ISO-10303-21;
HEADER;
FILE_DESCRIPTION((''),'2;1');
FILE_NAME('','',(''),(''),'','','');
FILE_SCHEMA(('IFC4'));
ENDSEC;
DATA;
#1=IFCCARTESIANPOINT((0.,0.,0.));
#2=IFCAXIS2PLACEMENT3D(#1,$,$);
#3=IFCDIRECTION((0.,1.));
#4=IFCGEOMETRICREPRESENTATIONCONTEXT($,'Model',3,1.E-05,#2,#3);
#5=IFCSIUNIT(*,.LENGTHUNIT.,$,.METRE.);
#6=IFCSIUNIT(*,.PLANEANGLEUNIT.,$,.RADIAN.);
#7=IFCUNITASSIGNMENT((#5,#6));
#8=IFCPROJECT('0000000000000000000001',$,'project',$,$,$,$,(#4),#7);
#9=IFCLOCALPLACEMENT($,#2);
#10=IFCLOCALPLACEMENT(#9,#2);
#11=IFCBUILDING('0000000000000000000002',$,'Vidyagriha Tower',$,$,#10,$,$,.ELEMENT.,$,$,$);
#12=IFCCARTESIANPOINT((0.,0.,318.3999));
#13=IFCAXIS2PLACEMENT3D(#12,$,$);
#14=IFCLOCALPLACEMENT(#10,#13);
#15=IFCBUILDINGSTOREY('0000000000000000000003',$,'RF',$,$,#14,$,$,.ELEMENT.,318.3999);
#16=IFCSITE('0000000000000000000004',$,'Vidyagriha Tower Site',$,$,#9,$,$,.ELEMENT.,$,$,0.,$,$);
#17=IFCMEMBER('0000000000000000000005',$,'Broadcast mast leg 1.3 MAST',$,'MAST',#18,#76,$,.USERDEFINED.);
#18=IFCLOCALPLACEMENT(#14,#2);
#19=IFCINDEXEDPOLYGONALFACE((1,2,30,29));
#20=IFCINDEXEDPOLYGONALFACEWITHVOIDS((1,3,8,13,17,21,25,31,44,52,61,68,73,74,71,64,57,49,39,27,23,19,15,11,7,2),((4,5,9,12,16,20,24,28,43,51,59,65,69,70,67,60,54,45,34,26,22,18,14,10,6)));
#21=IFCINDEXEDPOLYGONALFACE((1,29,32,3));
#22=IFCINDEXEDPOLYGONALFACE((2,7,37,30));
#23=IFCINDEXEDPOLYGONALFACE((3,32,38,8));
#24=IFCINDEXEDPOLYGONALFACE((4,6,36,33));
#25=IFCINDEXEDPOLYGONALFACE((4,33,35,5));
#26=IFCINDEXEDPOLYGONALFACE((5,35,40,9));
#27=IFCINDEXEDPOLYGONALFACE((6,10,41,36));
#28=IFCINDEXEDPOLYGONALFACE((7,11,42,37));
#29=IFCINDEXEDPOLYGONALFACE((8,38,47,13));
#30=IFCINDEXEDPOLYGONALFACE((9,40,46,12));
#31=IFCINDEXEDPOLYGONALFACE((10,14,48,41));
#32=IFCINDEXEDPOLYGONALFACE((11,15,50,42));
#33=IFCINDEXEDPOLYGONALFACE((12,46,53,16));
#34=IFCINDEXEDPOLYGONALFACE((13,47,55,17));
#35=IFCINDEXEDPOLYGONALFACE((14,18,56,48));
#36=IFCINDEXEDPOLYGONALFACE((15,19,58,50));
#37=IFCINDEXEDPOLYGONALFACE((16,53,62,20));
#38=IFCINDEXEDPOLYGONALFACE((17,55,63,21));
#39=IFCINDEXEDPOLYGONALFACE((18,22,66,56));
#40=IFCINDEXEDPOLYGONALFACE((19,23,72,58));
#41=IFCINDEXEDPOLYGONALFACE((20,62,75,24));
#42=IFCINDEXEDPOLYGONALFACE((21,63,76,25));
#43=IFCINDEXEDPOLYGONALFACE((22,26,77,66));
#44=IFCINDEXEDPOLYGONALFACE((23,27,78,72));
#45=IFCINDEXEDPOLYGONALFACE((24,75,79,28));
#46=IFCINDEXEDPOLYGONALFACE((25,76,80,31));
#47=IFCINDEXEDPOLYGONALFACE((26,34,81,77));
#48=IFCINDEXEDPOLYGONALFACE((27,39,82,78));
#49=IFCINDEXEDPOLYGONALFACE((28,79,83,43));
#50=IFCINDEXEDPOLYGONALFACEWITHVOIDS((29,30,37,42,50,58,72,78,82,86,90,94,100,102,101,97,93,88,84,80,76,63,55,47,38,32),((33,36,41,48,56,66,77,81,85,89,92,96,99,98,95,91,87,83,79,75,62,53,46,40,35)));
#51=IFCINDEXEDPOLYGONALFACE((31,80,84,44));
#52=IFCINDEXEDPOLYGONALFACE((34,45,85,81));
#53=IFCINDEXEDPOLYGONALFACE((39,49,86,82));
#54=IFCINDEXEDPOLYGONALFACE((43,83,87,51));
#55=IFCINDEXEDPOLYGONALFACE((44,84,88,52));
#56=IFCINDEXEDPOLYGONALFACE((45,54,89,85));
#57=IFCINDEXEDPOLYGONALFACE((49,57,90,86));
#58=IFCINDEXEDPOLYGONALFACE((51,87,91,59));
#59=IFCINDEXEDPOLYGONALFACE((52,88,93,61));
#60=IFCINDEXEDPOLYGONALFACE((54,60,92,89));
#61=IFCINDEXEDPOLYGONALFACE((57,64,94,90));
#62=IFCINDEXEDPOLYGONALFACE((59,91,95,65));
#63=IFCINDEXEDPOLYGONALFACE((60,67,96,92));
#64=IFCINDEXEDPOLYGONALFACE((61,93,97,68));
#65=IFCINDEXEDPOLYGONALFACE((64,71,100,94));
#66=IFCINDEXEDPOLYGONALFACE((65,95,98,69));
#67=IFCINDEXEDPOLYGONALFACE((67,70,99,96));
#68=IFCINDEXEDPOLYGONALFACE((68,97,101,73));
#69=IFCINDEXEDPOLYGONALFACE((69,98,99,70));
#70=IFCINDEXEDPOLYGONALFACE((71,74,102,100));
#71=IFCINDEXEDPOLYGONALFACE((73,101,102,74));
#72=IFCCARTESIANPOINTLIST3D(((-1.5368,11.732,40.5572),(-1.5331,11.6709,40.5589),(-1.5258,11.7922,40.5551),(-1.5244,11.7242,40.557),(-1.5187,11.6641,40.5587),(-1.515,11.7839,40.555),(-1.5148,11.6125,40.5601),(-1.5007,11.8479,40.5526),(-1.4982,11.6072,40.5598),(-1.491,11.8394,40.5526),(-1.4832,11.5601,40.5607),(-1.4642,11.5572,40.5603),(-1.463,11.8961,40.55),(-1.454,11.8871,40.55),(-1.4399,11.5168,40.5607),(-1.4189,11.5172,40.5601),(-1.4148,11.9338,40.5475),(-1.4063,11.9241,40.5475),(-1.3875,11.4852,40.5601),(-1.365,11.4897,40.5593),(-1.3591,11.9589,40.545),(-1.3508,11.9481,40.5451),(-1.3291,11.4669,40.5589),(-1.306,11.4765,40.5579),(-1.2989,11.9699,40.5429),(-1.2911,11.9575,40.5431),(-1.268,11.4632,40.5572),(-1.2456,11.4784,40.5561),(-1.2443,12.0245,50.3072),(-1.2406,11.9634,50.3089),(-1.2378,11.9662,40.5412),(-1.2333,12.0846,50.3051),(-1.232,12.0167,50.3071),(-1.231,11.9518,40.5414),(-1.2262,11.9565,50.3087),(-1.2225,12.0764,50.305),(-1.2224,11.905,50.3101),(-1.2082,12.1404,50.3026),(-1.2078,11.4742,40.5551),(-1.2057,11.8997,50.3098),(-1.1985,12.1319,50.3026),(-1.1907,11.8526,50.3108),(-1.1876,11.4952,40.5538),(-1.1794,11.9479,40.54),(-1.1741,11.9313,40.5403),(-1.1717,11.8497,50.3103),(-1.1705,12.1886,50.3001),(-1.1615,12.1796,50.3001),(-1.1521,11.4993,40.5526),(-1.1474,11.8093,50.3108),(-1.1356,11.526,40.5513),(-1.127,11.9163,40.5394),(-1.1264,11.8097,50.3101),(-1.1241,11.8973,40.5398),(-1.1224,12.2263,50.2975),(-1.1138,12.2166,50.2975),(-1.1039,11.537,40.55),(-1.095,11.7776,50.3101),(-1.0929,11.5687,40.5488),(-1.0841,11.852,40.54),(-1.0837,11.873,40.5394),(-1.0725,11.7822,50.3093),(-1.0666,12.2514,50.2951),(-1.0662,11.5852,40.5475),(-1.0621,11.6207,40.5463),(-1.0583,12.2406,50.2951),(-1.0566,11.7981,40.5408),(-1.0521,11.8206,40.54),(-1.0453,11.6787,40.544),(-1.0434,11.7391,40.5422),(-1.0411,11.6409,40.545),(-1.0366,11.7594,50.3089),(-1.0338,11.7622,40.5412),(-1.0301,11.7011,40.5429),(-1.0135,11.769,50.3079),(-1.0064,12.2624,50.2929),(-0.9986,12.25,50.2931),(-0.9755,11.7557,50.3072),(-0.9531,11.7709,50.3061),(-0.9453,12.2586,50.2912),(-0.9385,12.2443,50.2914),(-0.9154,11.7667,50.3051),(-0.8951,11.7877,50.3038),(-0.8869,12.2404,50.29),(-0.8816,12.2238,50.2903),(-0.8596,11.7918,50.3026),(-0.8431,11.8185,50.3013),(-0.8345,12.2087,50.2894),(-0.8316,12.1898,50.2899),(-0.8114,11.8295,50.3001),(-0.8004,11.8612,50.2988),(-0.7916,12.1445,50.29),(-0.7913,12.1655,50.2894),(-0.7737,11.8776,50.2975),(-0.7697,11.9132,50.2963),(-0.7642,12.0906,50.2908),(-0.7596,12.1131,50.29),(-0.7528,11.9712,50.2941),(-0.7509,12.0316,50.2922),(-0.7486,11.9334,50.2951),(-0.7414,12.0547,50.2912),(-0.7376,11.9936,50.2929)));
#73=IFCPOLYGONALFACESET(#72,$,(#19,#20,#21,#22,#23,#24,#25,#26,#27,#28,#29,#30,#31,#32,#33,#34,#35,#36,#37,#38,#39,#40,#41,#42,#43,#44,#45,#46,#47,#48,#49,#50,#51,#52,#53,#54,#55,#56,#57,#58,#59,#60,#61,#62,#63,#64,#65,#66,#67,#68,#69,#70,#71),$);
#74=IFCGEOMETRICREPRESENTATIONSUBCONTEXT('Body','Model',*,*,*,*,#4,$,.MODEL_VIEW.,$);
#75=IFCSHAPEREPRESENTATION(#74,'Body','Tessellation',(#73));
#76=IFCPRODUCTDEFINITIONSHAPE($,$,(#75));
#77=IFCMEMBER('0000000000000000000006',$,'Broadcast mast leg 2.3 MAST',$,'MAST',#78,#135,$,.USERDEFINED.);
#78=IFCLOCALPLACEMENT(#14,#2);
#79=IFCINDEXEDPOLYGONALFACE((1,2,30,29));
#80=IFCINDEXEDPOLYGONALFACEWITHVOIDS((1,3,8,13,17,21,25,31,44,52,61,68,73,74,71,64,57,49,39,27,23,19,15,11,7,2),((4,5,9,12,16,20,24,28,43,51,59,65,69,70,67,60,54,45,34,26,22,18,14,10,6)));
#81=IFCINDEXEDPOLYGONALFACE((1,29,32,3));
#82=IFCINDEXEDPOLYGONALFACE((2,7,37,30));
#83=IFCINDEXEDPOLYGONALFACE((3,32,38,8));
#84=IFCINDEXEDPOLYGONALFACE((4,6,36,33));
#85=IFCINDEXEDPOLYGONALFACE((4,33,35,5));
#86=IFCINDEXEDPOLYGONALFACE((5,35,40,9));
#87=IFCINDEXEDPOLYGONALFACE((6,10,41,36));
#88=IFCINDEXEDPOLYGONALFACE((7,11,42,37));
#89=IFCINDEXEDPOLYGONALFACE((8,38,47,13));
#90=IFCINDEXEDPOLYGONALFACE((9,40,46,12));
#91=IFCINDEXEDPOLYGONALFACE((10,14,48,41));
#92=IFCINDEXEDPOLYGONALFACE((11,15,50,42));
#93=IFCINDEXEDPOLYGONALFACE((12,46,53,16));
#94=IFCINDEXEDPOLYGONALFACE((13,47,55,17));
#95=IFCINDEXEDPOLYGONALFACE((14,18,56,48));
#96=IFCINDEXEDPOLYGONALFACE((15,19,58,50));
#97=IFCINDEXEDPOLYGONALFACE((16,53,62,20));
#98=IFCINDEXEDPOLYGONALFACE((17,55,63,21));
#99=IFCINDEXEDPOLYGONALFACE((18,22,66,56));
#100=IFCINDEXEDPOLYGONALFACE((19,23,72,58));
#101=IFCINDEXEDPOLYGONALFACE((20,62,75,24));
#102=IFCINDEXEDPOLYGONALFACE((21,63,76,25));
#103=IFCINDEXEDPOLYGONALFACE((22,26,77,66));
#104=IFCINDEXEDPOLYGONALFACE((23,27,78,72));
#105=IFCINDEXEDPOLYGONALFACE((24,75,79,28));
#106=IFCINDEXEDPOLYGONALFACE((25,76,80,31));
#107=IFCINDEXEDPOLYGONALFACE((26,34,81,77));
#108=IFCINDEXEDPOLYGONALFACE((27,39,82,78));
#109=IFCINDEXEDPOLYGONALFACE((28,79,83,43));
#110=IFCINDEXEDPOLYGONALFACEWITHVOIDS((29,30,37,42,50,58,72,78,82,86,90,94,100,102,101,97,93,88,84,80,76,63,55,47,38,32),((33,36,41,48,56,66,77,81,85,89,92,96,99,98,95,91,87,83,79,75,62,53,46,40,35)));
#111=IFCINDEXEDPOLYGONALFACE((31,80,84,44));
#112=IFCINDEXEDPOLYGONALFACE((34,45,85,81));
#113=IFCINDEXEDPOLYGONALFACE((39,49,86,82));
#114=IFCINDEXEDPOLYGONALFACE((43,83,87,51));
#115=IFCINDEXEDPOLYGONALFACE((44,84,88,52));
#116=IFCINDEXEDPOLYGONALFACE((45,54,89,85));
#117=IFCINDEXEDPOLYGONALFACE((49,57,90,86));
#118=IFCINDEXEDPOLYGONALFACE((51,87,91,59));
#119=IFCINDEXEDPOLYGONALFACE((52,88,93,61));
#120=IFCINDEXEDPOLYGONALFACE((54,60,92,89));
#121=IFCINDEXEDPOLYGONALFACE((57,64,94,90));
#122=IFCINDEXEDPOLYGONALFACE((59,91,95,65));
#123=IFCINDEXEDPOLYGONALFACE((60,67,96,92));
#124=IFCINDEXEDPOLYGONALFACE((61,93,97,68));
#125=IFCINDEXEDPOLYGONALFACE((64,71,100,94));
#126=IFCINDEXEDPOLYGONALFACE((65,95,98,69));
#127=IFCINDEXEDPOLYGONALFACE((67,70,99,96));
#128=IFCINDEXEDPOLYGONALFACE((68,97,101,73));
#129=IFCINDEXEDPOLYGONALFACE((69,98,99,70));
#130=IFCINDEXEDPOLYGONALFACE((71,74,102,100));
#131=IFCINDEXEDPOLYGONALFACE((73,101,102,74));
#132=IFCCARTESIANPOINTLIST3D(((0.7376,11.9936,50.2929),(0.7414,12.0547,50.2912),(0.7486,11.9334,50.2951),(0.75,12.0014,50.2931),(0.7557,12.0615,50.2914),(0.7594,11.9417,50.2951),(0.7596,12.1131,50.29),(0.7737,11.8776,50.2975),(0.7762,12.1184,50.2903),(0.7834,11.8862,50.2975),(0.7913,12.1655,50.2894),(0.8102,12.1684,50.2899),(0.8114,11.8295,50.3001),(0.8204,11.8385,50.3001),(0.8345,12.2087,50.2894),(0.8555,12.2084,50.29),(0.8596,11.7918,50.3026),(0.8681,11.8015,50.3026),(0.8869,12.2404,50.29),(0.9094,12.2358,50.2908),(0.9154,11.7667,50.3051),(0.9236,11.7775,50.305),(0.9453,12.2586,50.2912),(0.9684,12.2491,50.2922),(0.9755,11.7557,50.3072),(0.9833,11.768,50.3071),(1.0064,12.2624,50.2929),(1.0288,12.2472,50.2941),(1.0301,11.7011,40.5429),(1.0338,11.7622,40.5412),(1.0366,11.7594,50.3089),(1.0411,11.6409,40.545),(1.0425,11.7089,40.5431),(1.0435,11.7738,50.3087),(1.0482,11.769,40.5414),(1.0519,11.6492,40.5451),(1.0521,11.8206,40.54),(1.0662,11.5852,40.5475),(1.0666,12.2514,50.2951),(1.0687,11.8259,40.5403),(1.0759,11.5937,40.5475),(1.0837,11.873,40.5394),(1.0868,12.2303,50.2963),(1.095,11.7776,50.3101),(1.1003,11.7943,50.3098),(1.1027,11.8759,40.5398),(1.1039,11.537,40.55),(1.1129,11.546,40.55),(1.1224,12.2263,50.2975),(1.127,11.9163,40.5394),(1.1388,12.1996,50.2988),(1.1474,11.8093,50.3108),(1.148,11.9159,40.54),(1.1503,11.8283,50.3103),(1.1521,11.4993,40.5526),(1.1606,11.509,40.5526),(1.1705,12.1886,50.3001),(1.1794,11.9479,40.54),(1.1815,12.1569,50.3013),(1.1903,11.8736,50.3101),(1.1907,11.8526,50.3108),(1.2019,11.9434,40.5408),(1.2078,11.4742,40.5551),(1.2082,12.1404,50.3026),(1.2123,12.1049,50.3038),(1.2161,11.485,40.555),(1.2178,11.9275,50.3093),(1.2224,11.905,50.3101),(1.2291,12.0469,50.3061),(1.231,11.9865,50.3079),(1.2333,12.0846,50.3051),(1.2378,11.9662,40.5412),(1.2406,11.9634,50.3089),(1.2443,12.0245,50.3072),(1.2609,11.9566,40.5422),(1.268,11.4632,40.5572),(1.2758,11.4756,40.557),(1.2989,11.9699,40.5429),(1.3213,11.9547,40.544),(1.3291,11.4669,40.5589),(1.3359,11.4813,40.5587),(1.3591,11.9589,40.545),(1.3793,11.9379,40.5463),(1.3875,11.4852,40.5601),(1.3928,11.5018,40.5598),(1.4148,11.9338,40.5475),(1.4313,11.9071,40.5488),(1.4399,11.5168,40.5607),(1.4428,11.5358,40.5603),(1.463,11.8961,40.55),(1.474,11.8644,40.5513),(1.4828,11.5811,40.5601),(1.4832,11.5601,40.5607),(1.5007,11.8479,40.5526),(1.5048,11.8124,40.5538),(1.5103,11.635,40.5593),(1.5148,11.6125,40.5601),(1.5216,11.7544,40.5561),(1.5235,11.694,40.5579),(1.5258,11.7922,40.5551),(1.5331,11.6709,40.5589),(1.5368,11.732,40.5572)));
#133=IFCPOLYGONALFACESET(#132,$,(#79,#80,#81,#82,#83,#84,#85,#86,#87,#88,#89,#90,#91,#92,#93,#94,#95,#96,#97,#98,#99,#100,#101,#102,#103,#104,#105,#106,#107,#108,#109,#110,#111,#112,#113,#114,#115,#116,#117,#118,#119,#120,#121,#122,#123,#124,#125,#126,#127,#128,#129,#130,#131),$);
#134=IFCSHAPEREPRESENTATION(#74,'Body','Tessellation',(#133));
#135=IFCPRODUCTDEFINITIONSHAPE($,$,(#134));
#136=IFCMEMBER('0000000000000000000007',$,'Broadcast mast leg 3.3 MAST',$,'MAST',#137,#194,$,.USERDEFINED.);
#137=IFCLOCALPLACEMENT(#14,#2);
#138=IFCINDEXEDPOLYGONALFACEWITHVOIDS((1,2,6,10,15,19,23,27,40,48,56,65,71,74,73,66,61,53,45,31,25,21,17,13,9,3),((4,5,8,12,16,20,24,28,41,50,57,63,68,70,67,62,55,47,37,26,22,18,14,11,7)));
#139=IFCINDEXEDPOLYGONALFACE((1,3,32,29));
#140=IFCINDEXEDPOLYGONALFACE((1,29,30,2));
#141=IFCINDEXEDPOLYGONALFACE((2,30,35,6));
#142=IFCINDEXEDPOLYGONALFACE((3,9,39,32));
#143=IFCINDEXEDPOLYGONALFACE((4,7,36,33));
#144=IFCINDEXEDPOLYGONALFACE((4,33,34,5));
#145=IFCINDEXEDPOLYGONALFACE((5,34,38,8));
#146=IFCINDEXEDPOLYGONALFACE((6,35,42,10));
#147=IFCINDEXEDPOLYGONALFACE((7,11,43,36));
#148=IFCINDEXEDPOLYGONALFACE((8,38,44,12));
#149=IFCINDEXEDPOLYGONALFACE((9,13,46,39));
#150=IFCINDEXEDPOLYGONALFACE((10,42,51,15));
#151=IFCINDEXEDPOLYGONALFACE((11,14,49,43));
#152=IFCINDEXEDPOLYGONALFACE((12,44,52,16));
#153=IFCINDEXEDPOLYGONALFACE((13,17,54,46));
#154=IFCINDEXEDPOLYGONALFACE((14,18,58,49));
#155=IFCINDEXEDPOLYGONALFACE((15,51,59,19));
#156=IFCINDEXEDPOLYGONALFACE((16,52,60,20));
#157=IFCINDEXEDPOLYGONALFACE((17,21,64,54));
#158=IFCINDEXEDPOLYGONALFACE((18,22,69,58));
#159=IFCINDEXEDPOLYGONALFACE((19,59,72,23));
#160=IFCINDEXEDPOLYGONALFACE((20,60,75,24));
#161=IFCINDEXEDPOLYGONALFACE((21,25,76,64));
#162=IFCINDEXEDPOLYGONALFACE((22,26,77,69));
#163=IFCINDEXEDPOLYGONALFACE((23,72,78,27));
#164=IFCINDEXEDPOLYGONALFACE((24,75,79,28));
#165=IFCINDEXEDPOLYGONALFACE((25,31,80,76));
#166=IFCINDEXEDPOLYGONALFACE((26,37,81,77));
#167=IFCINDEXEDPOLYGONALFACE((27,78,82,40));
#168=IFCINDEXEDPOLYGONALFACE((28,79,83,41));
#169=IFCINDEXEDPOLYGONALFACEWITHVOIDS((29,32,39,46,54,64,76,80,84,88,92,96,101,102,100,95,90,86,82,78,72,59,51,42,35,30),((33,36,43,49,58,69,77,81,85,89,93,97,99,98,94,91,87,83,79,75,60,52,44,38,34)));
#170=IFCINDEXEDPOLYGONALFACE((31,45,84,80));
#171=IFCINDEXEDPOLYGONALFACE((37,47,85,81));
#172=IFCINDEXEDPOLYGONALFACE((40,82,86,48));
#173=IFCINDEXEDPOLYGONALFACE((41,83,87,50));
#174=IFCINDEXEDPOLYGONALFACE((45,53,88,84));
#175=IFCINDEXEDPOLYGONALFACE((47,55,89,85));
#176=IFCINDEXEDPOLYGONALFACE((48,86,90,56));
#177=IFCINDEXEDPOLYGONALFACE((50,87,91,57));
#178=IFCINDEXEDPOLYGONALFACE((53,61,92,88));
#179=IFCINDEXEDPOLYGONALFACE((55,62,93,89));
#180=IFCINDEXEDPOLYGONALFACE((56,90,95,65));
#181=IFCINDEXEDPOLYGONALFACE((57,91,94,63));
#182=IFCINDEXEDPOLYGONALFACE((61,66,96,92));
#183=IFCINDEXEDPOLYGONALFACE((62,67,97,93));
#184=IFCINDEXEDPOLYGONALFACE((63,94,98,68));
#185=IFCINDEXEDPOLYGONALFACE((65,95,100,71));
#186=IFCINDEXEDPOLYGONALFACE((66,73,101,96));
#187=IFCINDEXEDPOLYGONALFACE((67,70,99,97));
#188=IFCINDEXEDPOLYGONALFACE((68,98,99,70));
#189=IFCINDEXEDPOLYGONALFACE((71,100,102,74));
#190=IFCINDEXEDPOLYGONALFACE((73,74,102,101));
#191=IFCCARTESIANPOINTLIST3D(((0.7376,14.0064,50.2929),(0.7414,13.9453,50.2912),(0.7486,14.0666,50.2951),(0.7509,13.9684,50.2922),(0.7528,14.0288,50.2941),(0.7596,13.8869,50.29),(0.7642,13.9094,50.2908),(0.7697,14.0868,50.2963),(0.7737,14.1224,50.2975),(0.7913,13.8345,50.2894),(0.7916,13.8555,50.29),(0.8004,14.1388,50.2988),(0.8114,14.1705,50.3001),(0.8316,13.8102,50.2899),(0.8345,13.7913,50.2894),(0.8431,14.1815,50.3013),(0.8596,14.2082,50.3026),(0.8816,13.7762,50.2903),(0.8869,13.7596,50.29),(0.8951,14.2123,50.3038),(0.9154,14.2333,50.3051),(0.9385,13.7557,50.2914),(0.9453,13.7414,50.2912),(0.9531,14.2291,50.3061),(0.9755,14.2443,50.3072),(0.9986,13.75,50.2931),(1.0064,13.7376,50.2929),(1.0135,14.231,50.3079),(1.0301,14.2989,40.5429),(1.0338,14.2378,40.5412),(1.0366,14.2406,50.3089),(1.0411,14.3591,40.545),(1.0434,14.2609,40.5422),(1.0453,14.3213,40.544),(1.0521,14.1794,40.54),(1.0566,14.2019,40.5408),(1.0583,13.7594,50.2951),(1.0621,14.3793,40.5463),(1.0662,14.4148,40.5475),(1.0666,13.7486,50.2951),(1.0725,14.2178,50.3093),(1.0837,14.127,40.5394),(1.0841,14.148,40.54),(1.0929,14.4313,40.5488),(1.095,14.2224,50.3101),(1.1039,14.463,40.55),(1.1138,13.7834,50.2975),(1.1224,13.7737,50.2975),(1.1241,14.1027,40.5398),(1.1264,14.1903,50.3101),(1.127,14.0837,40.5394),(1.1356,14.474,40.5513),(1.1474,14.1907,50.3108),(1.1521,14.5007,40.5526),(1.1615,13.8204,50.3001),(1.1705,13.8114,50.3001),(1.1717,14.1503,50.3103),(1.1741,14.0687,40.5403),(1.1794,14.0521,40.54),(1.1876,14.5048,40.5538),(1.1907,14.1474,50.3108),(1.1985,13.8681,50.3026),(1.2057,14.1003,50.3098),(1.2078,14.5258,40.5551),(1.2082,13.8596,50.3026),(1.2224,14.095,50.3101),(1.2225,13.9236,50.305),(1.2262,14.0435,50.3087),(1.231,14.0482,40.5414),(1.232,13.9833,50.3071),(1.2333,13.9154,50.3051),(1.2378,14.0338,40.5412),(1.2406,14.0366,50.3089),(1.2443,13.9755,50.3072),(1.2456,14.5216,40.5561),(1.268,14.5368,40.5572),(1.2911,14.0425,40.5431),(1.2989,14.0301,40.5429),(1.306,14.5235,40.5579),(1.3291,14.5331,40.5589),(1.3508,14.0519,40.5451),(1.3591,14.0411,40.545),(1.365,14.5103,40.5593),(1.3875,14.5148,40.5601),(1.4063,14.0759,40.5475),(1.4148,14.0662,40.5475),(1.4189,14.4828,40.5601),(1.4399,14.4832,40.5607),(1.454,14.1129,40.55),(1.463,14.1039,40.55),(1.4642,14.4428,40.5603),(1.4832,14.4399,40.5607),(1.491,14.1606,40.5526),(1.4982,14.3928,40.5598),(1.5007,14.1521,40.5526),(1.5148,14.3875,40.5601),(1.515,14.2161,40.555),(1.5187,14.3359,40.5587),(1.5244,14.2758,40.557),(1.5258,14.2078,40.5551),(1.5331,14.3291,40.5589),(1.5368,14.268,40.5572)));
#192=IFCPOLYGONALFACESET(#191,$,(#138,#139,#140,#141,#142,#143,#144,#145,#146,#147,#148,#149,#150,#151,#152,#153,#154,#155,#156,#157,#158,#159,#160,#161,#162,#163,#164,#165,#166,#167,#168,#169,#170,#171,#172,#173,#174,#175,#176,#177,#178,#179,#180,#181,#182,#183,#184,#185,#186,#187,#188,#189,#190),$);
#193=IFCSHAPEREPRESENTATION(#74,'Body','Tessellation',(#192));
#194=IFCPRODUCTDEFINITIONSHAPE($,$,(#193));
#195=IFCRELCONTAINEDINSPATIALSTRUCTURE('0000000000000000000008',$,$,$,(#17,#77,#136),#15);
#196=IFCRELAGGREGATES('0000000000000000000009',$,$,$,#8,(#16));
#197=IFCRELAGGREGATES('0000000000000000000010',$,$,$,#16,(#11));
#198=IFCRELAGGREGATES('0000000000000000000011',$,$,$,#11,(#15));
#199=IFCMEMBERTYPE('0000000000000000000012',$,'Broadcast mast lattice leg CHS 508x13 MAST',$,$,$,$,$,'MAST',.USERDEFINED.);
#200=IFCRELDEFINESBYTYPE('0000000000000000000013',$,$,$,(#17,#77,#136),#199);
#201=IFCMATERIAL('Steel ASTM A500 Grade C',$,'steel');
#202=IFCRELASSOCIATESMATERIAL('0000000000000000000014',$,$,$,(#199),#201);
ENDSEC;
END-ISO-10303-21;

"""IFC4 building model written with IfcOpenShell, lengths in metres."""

from ifc_helpers import new_model, si_unit, direction, frame, origin, origin_2d, place, context, subcontext, project, spatial, hollow_circle, extrude, material, material_profile, profile_set, type_object, element, save


model = new_model("IFC4")

# Units and contexts
model_context = context("Model", 3, precision=1e-05, world=origin(), true_north=direction((0.0, 1.0)))
body_context = subcontext(model_context, "Body", "Model", "MODEL_VIEW")
ifc_project = project(units=[si_unit("LENGTHUNIT", "METRE"), si_unit("PLANEANGLEUNIT", "RADIAN")], contexts=[model_context])

# Site, building, storey
site_placement = place(None, origin())
site = spatial("IfcSite", under=ifc_project, at=site_placement, Name="Vidyagriha Tower Site", CompositionType="ELEMENT", RefElevation=0.0)
building_placement = place(site_placement, origin())
building = spatial("IfcBuilding", under=site, at=building_placement, Name="Vidyagriha Tower", CompositionType="ELEMENT")
storey_placement = place(building_placement, frame((0.0, 0.0, 318.3999)))
storey = spatial("IfcBuildingStorey", under=building, at=storey_placement, Name="RF", CompositionType="ELEMENT", Elevation=318.3999)

# Members
ifc_material_1 = material(Name="Steel ASTM A500 Grade C", Category="steel")
ifc_material_profile_1 = material_profile(ifc_material_1, hollow_circle(Radius=0.2539, WallThickness=0.0127, at=origin_2d()), Name="Broadcast mast lattice leg CHS 508x13 MAST")
ifc_profile_set_1 = profile_set([ifc_material_profile_1], Name="Steel ASTM A500 Grade C")
member_type_1 = type_object("IfcMemberType", Name="Broadcast mast lattice leg CHS 508x13 MAST", ElementType="MAST", PredefinedType="USERDEFINED", material=ifc_profile_set_1)
for number, where, z_axis, x_axis, name in (
    (1, (-1.2834, 11.7166, 40.55), (0.029971, 0.029971, 0.999101), (-0.707107, 0.707107, 0.0), "Broadcast mast leg 1.3 MAST"),
    (2, (1.2834, 11.7166, 40.55), (-0.029971, 0.029971, 0.999101), (-0.707107, -0.707107, 0.0), "Broadcast mast leg 2.3 MAST"),
    (3, (1.2834, 14.2834, 40.55), (-0.029971, -0.029971, 0.999101), (0.707107, -0.707107, 0.0), "Broadcast mast leg 3.3 MAST"),
):
    element("IfcMember", number, at=place(storey_placement, frame(where, z_axis=z_axis, x_axis=x_axis)), inside=storey, type_object=member_type_1, Name=name, ObjectType="MAST", PredefinedType="USERDEFINED", context=body_context, shape_type="SweptSolid", body=[
        extrude(hollow_circle(Radius=0.2539, WallThickness=0.0127, at=origin_2d()), origin(), (0.0, 0.0, 1.0), 9.7588),
    ])

save(model, "model.ifc")
